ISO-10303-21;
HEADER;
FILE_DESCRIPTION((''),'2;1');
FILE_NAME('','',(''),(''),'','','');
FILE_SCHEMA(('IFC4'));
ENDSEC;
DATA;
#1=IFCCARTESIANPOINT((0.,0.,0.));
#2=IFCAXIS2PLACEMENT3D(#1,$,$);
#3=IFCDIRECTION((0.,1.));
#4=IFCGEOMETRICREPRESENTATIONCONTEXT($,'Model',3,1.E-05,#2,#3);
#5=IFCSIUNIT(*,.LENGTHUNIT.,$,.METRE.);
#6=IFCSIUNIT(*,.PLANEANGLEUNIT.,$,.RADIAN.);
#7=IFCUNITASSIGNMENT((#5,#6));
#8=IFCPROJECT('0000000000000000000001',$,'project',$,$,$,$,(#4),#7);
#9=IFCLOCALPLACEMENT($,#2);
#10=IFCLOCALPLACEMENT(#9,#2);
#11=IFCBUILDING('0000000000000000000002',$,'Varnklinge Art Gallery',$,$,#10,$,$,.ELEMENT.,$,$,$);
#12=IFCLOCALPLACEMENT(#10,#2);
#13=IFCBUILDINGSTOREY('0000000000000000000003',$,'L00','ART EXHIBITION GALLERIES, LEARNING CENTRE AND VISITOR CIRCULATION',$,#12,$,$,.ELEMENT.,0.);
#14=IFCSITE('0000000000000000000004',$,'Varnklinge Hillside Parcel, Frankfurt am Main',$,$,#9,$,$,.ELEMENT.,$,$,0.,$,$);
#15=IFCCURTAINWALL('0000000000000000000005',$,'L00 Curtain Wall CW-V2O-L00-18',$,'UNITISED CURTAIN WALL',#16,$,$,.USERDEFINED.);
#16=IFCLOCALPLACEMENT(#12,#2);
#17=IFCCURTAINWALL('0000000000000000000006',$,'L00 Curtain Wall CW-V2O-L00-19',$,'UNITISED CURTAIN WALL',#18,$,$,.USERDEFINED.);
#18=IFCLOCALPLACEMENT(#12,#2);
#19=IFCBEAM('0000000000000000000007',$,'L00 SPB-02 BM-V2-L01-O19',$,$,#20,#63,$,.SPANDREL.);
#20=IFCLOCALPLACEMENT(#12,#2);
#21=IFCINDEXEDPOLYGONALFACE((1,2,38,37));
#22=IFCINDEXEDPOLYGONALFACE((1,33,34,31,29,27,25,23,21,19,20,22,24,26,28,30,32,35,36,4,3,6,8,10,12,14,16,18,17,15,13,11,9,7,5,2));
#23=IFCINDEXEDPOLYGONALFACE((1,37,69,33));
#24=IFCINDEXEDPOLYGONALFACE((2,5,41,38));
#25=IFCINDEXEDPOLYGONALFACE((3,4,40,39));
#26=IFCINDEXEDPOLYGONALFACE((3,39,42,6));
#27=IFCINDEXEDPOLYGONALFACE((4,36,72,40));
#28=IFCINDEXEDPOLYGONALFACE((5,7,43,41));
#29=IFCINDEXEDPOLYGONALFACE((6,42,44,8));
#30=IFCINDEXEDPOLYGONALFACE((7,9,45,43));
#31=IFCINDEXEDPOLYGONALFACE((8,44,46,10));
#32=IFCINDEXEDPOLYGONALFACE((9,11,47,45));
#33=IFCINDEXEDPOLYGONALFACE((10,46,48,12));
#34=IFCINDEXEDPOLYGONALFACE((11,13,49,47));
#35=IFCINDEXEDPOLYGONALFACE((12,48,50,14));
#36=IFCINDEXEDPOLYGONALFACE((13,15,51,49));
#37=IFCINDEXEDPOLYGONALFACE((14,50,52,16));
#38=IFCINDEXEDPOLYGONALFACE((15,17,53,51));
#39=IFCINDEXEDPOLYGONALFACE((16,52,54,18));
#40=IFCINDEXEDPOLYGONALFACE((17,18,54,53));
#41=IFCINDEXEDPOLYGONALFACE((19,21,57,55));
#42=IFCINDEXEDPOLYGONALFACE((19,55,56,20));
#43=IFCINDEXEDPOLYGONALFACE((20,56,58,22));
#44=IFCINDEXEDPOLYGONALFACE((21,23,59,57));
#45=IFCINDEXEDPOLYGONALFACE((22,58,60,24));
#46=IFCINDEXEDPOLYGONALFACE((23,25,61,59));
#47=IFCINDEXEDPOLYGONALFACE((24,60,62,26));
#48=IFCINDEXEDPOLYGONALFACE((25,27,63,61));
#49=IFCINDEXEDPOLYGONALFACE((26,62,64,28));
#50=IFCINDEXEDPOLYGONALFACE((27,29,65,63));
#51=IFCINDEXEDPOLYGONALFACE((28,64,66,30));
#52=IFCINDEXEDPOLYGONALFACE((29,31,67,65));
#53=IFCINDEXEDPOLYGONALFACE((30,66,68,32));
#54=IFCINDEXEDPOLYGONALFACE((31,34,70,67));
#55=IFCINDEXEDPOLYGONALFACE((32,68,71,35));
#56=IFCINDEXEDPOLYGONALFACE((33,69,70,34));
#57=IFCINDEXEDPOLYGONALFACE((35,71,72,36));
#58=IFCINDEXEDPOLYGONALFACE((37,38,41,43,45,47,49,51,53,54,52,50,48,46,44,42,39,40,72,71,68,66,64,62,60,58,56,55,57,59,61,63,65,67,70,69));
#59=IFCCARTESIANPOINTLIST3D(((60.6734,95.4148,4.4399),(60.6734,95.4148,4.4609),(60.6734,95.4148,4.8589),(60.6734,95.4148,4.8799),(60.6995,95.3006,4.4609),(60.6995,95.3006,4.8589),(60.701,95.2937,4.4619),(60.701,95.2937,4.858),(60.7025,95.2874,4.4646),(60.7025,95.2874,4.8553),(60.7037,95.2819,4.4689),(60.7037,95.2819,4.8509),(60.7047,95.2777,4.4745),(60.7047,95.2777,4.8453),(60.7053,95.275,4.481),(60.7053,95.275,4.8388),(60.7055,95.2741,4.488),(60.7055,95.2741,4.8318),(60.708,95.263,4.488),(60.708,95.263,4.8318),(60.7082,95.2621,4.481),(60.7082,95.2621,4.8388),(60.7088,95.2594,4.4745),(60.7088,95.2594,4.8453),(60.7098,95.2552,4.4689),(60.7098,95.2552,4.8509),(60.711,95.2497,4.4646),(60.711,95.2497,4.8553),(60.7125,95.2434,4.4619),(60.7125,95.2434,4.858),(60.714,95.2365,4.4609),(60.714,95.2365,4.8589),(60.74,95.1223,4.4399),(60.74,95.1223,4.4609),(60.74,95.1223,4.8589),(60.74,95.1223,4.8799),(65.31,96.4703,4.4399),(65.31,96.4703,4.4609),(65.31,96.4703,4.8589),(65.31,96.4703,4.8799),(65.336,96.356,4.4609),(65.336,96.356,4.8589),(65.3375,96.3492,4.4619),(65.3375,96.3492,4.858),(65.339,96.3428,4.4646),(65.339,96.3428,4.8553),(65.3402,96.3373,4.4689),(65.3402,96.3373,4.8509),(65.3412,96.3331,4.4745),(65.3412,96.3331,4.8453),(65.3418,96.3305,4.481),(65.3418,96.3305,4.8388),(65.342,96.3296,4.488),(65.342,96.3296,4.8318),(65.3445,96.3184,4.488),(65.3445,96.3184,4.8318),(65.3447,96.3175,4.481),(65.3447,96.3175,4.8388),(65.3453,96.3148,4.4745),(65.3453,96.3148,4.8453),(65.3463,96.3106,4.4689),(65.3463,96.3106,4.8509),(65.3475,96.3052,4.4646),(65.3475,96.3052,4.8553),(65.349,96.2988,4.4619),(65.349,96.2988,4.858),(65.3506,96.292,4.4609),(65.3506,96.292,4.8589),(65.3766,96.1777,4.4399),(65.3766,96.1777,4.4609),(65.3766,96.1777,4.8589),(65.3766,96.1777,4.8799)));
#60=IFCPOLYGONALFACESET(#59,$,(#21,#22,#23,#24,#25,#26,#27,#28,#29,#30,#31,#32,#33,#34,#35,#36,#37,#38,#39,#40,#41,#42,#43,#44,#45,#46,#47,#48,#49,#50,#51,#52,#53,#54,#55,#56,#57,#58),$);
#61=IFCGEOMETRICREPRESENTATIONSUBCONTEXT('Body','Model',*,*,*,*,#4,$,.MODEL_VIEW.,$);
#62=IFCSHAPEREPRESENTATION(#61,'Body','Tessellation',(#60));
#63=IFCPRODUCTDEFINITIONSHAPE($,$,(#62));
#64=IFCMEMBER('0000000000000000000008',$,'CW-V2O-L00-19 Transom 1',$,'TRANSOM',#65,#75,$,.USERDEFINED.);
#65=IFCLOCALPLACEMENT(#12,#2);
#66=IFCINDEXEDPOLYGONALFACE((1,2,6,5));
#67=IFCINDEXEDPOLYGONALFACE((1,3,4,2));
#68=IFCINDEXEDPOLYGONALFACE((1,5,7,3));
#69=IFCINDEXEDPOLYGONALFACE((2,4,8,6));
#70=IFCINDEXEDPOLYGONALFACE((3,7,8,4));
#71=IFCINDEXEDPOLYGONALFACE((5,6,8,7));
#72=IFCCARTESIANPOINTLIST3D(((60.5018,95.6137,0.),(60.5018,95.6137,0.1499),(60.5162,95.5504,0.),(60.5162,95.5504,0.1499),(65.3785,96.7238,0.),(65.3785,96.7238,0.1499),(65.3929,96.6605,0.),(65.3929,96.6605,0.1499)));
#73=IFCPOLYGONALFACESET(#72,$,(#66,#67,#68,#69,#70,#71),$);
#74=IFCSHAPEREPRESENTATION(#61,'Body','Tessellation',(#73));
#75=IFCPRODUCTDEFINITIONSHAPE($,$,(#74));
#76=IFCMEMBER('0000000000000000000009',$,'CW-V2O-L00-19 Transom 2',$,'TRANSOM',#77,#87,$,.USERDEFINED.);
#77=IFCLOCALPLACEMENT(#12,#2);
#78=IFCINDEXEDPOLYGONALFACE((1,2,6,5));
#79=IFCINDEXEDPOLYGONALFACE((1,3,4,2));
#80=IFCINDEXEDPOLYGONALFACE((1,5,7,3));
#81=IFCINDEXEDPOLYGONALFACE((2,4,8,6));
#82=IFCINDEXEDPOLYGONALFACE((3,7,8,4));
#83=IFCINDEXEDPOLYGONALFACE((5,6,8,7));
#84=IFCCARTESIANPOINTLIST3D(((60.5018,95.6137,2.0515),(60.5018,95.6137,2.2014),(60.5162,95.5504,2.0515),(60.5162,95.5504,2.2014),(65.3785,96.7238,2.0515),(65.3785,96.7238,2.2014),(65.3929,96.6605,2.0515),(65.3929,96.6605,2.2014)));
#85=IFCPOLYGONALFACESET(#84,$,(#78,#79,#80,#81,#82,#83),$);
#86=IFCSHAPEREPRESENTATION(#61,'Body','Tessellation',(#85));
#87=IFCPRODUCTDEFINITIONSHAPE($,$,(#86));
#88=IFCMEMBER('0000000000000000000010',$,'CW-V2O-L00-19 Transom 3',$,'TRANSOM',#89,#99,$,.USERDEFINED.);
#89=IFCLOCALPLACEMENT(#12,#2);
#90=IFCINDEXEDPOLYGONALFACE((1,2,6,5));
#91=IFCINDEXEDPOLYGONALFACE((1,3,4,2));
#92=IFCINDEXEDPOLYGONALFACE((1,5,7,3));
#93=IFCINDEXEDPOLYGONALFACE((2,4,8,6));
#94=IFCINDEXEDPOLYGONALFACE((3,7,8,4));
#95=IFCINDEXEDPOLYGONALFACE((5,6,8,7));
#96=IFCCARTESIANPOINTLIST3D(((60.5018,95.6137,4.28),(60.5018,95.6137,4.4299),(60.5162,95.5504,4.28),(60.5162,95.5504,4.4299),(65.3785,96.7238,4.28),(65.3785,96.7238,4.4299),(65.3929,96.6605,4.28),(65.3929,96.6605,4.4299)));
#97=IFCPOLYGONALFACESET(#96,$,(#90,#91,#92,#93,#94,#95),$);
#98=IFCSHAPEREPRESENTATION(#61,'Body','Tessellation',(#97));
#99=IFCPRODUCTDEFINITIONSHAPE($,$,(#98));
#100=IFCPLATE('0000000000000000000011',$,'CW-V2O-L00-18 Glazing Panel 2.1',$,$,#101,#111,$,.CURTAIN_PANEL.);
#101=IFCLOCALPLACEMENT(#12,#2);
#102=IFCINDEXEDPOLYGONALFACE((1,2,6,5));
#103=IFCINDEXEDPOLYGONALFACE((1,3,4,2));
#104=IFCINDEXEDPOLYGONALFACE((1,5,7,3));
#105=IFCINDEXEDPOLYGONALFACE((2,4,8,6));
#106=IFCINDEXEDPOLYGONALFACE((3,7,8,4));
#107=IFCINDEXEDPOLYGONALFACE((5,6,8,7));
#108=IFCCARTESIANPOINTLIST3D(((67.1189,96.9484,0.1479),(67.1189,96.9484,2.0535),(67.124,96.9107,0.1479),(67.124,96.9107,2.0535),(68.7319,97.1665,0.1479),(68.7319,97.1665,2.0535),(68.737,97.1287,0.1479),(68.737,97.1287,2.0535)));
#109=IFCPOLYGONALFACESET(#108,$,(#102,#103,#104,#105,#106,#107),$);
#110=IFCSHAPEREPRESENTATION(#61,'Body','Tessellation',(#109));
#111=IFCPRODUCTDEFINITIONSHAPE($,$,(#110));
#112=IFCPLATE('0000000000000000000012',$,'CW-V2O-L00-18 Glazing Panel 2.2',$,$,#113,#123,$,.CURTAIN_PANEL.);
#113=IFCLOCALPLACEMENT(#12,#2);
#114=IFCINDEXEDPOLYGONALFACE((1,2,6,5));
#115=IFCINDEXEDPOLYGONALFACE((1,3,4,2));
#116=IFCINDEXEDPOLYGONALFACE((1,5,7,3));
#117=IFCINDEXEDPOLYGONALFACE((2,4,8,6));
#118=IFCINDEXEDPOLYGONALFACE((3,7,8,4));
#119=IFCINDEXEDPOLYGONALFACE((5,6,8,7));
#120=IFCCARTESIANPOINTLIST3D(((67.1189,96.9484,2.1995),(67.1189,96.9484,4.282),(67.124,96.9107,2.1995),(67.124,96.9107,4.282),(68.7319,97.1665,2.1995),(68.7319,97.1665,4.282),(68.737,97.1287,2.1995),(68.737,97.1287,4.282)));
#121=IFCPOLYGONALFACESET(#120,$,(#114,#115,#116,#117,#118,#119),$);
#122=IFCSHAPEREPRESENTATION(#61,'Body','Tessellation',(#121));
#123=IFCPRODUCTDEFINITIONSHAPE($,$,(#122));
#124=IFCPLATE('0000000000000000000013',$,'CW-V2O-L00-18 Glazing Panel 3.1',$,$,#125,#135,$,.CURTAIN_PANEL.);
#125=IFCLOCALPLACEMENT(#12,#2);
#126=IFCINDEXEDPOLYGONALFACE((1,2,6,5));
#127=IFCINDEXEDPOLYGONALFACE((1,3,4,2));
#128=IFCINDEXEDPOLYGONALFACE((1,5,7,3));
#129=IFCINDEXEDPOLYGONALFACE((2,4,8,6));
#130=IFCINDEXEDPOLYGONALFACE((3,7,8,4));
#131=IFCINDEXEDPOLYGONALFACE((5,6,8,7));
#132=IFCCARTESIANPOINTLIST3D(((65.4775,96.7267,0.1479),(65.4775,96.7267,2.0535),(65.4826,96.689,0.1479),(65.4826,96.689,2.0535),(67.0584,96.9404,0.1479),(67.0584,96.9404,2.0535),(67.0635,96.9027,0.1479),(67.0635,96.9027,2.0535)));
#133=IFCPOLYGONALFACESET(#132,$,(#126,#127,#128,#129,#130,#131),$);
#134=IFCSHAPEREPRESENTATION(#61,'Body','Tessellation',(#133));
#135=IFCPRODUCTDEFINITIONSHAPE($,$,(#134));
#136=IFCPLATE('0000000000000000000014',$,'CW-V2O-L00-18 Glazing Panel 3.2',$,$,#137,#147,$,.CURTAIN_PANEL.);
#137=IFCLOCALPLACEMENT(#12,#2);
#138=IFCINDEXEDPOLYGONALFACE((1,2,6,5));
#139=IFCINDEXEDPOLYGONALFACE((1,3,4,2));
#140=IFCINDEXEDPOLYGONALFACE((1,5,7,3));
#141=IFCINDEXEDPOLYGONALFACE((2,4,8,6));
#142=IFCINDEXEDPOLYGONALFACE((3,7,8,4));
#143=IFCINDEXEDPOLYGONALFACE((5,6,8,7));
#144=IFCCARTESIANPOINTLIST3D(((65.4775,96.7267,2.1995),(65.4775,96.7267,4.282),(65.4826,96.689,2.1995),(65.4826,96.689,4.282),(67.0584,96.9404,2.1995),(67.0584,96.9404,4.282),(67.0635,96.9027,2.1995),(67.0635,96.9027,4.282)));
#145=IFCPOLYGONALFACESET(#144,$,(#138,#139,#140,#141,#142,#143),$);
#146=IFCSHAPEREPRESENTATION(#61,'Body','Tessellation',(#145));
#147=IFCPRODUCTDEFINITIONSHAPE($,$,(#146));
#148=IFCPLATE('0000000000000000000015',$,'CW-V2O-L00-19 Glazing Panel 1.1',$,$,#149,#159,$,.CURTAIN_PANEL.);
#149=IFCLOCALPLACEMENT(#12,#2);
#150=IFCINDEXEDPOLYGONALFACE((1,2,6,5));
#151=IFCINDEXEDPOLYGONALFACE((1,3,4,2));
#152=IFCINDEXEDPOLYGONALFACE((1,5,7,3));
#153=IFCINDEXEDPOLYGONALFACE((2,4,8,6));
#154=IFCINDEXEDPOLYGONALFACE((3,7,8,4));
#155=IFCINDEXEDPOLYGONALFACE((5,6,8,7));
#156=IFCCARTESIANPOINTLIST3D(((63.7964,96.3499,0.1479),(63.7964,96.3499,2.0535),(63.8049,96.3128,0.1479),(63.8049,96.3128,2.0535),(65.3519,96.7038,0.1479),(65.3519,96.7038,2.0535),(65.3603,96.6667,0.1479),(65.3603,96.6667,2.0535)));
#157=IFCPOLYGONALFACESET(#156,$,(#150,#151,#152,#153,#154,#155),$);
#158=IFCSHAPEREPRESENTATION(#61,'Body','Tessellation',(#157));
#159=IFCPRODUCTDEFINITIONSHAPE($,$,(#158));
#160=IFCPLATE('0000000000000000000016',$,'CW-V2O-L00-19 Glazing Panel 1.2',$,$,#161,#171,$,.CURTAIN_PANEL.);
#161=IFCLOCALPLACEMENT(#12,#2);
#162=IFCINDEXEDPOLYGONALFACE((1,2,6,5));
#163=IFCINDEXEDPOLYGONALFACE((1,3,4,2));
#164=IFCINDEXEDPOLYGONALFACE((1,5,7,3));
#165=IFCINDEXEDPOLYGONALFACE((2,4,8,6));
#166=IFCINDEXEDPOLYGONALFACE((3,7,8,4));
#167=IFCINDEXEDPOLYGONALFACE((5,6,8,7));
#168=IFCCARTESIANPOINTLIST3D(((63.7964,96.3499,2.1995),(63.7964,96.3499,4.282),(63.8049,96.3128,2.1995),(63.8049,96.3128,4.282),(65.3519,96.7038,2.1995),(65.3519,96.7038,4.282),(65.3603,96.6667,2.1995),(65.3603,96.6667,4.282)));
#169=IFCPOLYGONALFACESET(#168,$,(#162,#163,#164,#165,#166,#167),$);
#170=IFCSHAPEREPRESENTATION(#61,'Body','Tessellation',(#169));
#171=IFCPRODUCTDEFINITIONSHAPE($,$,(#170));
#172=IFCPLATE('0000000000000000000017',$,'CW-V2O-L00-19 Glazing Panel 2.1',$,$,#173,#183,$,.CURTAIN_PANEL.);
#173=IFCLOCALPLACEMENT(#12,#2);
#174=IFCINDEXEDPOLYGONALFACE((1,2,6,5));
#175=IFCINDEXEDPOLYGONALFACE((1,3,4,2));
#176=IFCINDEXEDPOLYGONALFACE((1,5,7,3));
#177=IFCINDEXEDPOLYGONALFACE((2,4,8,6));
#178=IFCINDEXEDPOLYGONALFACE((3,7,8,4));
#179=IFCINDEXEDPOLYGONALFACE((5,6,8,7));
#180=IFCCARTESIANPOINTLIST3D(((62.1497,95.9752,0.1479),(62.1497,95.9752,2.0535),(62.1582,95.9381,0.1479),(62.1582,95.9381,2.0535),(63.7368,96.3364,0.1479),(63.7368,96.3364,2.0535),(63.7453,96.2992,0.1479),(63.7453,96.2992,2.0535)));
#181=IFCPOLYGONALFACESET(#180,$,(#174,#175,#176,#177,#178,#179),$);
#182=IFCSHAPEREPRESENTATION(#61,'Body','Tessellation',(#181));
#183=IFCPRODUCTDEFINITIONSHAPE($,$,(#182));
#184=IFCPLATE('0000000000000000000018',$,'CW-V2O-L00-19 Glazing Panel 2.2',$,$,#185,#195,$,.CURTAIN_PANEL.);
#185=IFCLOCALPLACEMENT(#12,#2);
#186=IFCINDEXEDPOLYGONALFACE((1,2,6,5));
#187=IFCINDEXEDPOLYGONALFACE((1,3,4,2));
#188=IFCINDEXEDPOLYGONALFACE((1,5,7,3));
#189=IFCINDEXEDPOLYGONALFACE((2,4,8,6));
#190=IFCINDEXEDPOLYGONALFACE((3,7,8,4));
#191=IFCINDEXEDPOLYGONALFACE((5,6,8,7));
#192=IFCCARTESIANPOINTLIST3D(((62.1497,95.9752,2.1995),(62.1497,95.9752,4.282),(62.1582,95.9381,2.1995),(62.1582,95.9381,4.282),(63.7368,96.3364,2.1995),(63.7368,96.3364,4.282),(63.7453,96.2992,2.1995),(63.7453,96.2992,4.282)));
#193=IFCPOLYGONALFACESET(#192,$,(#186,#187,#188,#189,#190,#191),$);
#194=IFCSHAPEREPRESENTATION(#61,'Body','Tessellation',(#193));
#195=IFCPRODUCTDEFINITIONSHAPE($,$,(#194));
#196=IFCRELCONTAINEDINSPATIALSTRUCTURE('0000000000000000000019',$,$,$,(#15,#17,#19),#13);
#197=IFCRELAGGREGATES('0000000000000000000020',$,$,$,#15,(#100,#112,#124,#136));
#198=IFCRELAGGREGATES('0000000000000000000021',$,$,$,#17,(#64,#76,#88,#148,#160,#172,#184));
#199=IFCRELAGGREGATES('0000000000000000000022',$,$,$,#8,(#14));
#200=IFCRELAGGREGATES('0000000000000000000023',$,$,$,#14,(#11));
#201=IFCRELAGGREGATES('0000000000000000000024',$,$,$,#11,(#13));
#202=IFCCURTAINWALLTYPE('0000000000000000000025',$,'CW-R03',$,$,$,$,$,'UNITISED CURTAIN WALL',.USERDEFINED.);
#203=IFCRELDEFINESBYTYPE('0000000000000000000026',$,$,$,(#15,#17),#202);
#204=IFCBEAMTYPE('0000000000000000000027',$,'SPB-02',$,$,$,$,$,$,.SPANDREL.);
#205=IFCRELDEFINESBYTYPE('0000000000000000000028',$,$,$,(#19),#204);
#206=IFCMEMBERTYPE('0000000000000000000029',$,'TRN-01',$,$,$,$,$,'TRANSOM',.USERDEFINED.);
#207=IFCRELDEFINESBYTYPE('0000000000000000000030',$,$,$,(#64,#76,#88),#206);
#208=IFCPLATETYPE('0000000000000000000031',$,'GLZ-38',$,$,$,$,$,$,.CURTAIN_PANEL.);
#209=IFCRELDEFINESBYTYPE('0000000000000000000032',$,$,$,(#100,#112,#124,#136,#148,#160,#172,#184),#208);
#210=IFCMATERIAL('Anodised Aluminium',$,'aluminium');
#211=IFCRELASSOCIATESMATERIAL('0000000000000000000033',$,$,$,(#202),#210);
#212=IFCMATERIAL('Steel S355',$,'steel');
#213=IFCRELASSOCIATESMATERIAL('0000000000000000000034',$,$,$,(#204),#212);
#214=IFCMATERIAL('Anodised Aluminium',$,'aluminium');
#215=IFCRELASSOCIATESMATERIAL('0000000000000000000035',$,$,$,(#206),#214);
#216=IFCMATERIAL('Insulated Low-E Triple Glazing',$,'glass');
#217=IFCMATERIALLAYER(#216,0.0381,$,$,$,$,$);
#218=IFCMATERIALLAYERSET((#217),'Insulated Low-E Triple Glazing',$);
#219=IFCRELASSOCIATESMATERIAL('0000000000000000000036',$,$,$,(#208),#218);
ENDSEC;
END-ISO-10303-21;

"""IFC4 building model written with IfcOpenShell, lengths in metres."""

from ifc_helpers import new_model, si_unit, direction, frame, origin, origin_2d, place, context, subcontext, project, spatial, rectangle, i_section, extrude, material, layer, layer_set, material_profile, profile_set, type_object, element, aggregate, save


model = new_model("IFC4")

# Units and contexts
model_context = context("Model", 3, precision=1e-05, world=origin(), true_north=direction((0.0, 1.0)))
body_context = subcontext(model_context, "Body", "Model", "MODEL_VIEW")
ifc_project = project(units=[si_unit("LENGTHUNIT", "METRE"), si_unit("PLANEANGLEUNIT", "RADIAN")], contexts=[model_context])

# Site, building, storey
site_placement = place(None, origin())
site = spatial("IfcSite", under=ifc_project, at=site_placement, Name="Varnklinge Hillside Parcel, Frankfurt am Main", CompositionType="ELEMENT", RefElevation=0.0)
building_placement = place(site_placement, origin())
building = spatial("IfcBuilding", under=site, at=building_placement, Name="Varnklinge Art Gallery", CompositionType="ELEMENT")
storey_placement = place(building_placement, origin())
storey = spatial("IfcBuildingStorey", under=building, at=storey_placement, Name="L00", Description="ART EXHIBITION GALLERIES, LEARNING CENTRE AND VISITOR CIRCULATION", CompositionType="ELEMENT", Elevation=0.0)

# Curtain walls
ifc_material_1 = material(Name="Anodised Aluminium", Category="aluminium")
curtain_wall_type = type_object("IfcCurtainWallType", Name="CW-R03", ElementType="UNITISED CURTAIN WALL", PredefinedType="USERDEFINED", material=ifc_material_1)
curtain_wall_1_placement = place(storey_placement, origin())
curtain_wall_1 = element("IfcCurtainWall", 1, at=curtain_wall_1_placement, inside=storey, type_object=curtain_wall_type, Name="L00 Curtain Wall CW-V2O-L00-18", ObjectType="UNITISED CURTAIN WALL", PredefinedType="USERDEFINED")
curtain_wall_2_placement = place(storey_placement, origin())
curtain_wall_2 = element("IfcCurtainWall", 2, at=curtain_wall_2_placement, inside=storey, type_object=curtain_wall_type, Name="L00 Curtain Wall CW-V2O-L00-19", ObjectType="UNITISED CURTAIN WALL", PredefinedType="USERDEFINED")

# Beam
ifc_material_2 = material(Name="Steel S355", Category="steel")
ifc_material_profile_1 = material_profile(ifc_material_2, i_section(OverallWidth=0.3, OverallDepth=0.4399, WebThickness=0.0115, FlangeThickness=0.021, FilletRadius=0.0271, at=origin_2d()), Name="HEA 450")
ifc_profile_set_1 = profile_set([ifc_material_profile_1], Name="Steel S355")
beam_type_1 = type_object("IfcBeamType", Name="SPB-02", PredefinedType="SPANDREL", material=ifc_profile_set_1)
beam_1_placement = place(storey_placement, frame((65.3433, 96.324, 4.6599), z_axis=(-0.975057, -0.221956, 0.0), x_axis=(0.221956, -0.975057, 0.0)))
element("IfcBeam", 3, at=beam_1_placement, inside=storey, type_object=beam_type_1, Name="L00 SPB-02 BM-V2-L01-O19", PredefinedType="SPANDREL", context=body_context, shape_type="SweptSolid", body=[
    extrude(i_section(OverallWidth=0.3, OverallDepth=0.4399, WebThickness=0.0115, FlangeThickness=0.021, FilletRadius=0.0271, at=origin_2d()), origin(), (0.0, 0.0, 1.0), 4.7551),
])

# Members
ifc_material_3 = material(Name="Anodised Aluminium", Category="aluminium")
ifc_material_profile_2 = material_profile(ifc_material_3, rectangle(XDim=0.0649, YDim=0.1499, at=origin_2d()), Name="ALU 65x150")
ifc_profile_set_2 = profile_set([ifc_material_profile_2], Name="Anodised Aluminium")
member_type_1 = type_object("IfcMemberType", Name="TRN-01", ElementType="TRANSOM", PredefinedType="USERDEFINED", material=ifc_profile_set_2)
member_1_placement = place(storey_placement, frame((65.3857, 96.6921, 0.075), z_axis=(-0.975057, -0.221957, 0.0), x_axis=(0.221957, -0.975057, 0.0)))
member_1 = element("IfcMember", 4, at=member_1_placement, type_object=member_type_1, Name="CW-V2O-L00-19 Transom 1", ObjectType="TRANSOM", PredefinedType="USERDEFINED", context=body_context, shape_type="SweptSolid", body=[
    extrude(rectangle(XDim=0.0649, YDim=0.1499, at=origin_2d()), origin(), (0.0, 0.0, 1.0), 5.0015),
])
member_2_placement = place(storey_placement, frame((65.3857, 96.6921, 2.1265), z_axis=(-0.975057, -0.221957, 0.0), x_axis=(0.221957, -0.975057, 0.0)))
member_2 = element("IfcMember", 5, at=member_2_placement, type_object=member_type_1, Name="CW-V2O-L00-19 Transom 2", ObjectType="TRANSOM", PredefinedType="USERDEFINED", context=body_context, shape_type="SweptSolid", body=[
    extrude(rectangle(XDim=0.0649, YDim=0.1499, at=origin_2d()), origin(), (0.0, 0.0, 1.0), 5.0015),
])
member_3_placement = place(storey_placement, frame((65.3857, 96.6921, 4.355), z_axis=(-0.975057, -0.221957, 0.0), x_axis=(0.221957, -0.975057, 0.0)))
member_3 = element("IfcMember", 6, at=member_3_placement, type_object=member_type_1, Name="CW-V2O-L00-19 Transom 3", ObjectType="TRANSOM", PredefinedType="USERDEFINED", context=body_context, shape_type="SweptSolid", body=[
    extrude(rectangle(XDim=0.0649, YDim=0.1499, at=origin_2d()), origin(), (0.0, 0.0, 1.0), 5.0015),
])

# Plates
ifc_material_4 = material(Name="Insulated Low-E Triple Glazing", Category="glass")
ifc_layer = layer(ifc_material_4, 0.0381)
ifc_layer_set = layer_set([ifc_layer], Name="Insulated Low-E Triple Glazing")
plate_type = type_object("IfcPlateType", Name="GLZ-38", PredefinedType="CURTAIN_PANEL", material=ifc_layer_set)
plate_1_placement = place(storey_placement, frame((67.928, 97.0386, 0.1479), z_axis=(0.0, 0.0, 1.0), x_axis=(-0.990983, -0.133986, 0.0)))
plate_1 = element("IfcPlate", 7, at=plate_1_placement, type_object=plate_type, Name="CW-V2O-L00-18 Glazing Panel 2.1", PredefinedType="CURTAIN_PANEL", context=body_context, shape_type="SweptSolid", body=[
    extrude(rectangle(XDim=1.6277, YDim=0.0381, at=origin_2d()), origin(), (0.0, 0.0, 1.0), 1.9055),
])
plate_2_placement = place(storey_placement, frame((67.928, 97.0386, 2.1995), z_axis=(0.0, 0.0, 1.0), x_axis=(-0.990983, -0.133986, 0.0)))
plate_2 = element("IfcPlate", 8, at=plate_2_placement, type_object=plate_type, Name="CW-V2O-L00-18 Glazing Panel 2.2", PredefinedType="CURTAIN_PANEL", context=body_context, shape_type="SweptSolid", body=[
    extrude(rectangle(XDim=1.6277, YDim=0.0381, at=origin_2d()), origin(), (0.0, 0.0, 1.0), 2.0825),
])
plate_3_placement = place(storey_placement, frame((66.2705, 96.8147, 0.1479), z_axis=(0.0, 0.0, 1.0), x_axis=(-0.990983, -0.133986, 0.0)))
plate_3 = element("IfcPlate", 9, at=plate_3_placement, type_object=plate_type, Name="CW-V2O-L00-18 Glazing Panel 3.1", PredefinedType="CURTAIN_PANEL", context=body_context, shape_type="SweptSolid", body=[
    extrude(rectangle(XDim=1.5952, YDim=0.0381, at=origin_2d()), origin(), (0.0, 0.0, 1.0), 1.9055),
])
plate_4_placement = place(storey_placement, frame((66.2705, 96.8147, 2.1995), z_axis=(0.0, 0.0, 1.0), x_axis=(-0.990983, -0.133986, 0.0)))
plate_4 = element("IfcPlate", 10, at=plate_4_placement, type_object=plate_type, Name="CW-V2O-L00-18 Glazing Panel 3.2", PredefinedType="CURTAIN_PANEL", context=body_context, shape_type="SweptSolid", body=[
    extrude(rectangle(XDim=1.5952, YDim=0.0381, at=origin_2d()), origin(), (0.0, 0.0, 1.0), 2.0825),
])
aggregate(curtain_wall_1, [plate_1, plate_2, plate_3, plate_4])
plate_5_placement = place(storey_placement, frame((64.5784, 96.5083, 0.1479), z_axis=(0.0, 0.0, 1.0), x_axis=(-0.975072, -0.221889, 0.0)))
plate_5 = element("IfcPlate", 11, at=plate_5_placement, type_object=plate_type, Name="CW-V2O-L00-19 Glazing Panel 1.1", PredefinedType="CURTAIN_PANEL", context=body_context, shape_type="SweptSolid", body=[
    extrude(rectangle(XDim=1.5952, YDim=0.0381, at=origin_2d()), origin(), (0.0, 0.0, 1.0), 1.9055),
])
plate_6_placement = place(storey_placement, frame((64.5784, 96.5083, 2.1995), z_axis=(0.0, 0.0, 1.0), x_axis=(-0.975072, -0.221889, 0.0)))
plate_6 = element("IfcPlate", 12, at=plate_6_placement, type_object=plate_type, Name="CW-V2O-L00-19 Glazing Panel 1.2", PredefinedType="CURTAIN_PANEL", context=body_context, shape_type="SweptSolid", body=[
    extrude(rectangle(XDim=1.5952, YDim=0.0381, at=origin_2d()), origin(), (0.0, 0.0, 1.0), 2.0825),
])
plate_7_placement = place(storey_placement, frame((62.9475, 96.1372, 0.1479), z_axis=(0.0, 0.0, 1.0), x_axis=(-0.975072, -0.221889, 0.0)))
plate_7 = element("IfcPlate", 13, at=plate_7_placement, type_object=plate_type, Name="CW-V2O-L00-19 Glazing Panel 2.1", PredefinedType="CURTAIN_PANEL", context=body_context, shape_type="SweptSolid", body=[
    extrude(rectangle(XDim=1.6277, YDim=0.0381, at=origin_2d()), origin(), (0.0, 0.0, 1.0), 1.9055),
])
plate_8_placement = place(storey_placement, frame((62.9475, 96.1372, 2.1995), z_axis=(0.0, 0.0, 1.0), x_axis=(-0.975072, -0.221889, 0.0)))
plate_8 = element("IfcPlate", 14, at=plate_8_placement, type_object=plate_type, Name="CW-V2O-L00-19 Glazing Panel 2.2", PredefinedType="CURTAIN_PANEL", context=body_context, shape_type="SweptSolid", body=[
    extrude(rectangle(XDim=1.6277, YDim=0.0381, at=origin_2d()), origin(), (0.0, 0.0, 1.0), 2.0825),
])
aggregate(curtain_wall_2, [member_1, member_2, member_3, plate_5, plate_6, plate_7, plate_8])

save(model, "model.ifc")
